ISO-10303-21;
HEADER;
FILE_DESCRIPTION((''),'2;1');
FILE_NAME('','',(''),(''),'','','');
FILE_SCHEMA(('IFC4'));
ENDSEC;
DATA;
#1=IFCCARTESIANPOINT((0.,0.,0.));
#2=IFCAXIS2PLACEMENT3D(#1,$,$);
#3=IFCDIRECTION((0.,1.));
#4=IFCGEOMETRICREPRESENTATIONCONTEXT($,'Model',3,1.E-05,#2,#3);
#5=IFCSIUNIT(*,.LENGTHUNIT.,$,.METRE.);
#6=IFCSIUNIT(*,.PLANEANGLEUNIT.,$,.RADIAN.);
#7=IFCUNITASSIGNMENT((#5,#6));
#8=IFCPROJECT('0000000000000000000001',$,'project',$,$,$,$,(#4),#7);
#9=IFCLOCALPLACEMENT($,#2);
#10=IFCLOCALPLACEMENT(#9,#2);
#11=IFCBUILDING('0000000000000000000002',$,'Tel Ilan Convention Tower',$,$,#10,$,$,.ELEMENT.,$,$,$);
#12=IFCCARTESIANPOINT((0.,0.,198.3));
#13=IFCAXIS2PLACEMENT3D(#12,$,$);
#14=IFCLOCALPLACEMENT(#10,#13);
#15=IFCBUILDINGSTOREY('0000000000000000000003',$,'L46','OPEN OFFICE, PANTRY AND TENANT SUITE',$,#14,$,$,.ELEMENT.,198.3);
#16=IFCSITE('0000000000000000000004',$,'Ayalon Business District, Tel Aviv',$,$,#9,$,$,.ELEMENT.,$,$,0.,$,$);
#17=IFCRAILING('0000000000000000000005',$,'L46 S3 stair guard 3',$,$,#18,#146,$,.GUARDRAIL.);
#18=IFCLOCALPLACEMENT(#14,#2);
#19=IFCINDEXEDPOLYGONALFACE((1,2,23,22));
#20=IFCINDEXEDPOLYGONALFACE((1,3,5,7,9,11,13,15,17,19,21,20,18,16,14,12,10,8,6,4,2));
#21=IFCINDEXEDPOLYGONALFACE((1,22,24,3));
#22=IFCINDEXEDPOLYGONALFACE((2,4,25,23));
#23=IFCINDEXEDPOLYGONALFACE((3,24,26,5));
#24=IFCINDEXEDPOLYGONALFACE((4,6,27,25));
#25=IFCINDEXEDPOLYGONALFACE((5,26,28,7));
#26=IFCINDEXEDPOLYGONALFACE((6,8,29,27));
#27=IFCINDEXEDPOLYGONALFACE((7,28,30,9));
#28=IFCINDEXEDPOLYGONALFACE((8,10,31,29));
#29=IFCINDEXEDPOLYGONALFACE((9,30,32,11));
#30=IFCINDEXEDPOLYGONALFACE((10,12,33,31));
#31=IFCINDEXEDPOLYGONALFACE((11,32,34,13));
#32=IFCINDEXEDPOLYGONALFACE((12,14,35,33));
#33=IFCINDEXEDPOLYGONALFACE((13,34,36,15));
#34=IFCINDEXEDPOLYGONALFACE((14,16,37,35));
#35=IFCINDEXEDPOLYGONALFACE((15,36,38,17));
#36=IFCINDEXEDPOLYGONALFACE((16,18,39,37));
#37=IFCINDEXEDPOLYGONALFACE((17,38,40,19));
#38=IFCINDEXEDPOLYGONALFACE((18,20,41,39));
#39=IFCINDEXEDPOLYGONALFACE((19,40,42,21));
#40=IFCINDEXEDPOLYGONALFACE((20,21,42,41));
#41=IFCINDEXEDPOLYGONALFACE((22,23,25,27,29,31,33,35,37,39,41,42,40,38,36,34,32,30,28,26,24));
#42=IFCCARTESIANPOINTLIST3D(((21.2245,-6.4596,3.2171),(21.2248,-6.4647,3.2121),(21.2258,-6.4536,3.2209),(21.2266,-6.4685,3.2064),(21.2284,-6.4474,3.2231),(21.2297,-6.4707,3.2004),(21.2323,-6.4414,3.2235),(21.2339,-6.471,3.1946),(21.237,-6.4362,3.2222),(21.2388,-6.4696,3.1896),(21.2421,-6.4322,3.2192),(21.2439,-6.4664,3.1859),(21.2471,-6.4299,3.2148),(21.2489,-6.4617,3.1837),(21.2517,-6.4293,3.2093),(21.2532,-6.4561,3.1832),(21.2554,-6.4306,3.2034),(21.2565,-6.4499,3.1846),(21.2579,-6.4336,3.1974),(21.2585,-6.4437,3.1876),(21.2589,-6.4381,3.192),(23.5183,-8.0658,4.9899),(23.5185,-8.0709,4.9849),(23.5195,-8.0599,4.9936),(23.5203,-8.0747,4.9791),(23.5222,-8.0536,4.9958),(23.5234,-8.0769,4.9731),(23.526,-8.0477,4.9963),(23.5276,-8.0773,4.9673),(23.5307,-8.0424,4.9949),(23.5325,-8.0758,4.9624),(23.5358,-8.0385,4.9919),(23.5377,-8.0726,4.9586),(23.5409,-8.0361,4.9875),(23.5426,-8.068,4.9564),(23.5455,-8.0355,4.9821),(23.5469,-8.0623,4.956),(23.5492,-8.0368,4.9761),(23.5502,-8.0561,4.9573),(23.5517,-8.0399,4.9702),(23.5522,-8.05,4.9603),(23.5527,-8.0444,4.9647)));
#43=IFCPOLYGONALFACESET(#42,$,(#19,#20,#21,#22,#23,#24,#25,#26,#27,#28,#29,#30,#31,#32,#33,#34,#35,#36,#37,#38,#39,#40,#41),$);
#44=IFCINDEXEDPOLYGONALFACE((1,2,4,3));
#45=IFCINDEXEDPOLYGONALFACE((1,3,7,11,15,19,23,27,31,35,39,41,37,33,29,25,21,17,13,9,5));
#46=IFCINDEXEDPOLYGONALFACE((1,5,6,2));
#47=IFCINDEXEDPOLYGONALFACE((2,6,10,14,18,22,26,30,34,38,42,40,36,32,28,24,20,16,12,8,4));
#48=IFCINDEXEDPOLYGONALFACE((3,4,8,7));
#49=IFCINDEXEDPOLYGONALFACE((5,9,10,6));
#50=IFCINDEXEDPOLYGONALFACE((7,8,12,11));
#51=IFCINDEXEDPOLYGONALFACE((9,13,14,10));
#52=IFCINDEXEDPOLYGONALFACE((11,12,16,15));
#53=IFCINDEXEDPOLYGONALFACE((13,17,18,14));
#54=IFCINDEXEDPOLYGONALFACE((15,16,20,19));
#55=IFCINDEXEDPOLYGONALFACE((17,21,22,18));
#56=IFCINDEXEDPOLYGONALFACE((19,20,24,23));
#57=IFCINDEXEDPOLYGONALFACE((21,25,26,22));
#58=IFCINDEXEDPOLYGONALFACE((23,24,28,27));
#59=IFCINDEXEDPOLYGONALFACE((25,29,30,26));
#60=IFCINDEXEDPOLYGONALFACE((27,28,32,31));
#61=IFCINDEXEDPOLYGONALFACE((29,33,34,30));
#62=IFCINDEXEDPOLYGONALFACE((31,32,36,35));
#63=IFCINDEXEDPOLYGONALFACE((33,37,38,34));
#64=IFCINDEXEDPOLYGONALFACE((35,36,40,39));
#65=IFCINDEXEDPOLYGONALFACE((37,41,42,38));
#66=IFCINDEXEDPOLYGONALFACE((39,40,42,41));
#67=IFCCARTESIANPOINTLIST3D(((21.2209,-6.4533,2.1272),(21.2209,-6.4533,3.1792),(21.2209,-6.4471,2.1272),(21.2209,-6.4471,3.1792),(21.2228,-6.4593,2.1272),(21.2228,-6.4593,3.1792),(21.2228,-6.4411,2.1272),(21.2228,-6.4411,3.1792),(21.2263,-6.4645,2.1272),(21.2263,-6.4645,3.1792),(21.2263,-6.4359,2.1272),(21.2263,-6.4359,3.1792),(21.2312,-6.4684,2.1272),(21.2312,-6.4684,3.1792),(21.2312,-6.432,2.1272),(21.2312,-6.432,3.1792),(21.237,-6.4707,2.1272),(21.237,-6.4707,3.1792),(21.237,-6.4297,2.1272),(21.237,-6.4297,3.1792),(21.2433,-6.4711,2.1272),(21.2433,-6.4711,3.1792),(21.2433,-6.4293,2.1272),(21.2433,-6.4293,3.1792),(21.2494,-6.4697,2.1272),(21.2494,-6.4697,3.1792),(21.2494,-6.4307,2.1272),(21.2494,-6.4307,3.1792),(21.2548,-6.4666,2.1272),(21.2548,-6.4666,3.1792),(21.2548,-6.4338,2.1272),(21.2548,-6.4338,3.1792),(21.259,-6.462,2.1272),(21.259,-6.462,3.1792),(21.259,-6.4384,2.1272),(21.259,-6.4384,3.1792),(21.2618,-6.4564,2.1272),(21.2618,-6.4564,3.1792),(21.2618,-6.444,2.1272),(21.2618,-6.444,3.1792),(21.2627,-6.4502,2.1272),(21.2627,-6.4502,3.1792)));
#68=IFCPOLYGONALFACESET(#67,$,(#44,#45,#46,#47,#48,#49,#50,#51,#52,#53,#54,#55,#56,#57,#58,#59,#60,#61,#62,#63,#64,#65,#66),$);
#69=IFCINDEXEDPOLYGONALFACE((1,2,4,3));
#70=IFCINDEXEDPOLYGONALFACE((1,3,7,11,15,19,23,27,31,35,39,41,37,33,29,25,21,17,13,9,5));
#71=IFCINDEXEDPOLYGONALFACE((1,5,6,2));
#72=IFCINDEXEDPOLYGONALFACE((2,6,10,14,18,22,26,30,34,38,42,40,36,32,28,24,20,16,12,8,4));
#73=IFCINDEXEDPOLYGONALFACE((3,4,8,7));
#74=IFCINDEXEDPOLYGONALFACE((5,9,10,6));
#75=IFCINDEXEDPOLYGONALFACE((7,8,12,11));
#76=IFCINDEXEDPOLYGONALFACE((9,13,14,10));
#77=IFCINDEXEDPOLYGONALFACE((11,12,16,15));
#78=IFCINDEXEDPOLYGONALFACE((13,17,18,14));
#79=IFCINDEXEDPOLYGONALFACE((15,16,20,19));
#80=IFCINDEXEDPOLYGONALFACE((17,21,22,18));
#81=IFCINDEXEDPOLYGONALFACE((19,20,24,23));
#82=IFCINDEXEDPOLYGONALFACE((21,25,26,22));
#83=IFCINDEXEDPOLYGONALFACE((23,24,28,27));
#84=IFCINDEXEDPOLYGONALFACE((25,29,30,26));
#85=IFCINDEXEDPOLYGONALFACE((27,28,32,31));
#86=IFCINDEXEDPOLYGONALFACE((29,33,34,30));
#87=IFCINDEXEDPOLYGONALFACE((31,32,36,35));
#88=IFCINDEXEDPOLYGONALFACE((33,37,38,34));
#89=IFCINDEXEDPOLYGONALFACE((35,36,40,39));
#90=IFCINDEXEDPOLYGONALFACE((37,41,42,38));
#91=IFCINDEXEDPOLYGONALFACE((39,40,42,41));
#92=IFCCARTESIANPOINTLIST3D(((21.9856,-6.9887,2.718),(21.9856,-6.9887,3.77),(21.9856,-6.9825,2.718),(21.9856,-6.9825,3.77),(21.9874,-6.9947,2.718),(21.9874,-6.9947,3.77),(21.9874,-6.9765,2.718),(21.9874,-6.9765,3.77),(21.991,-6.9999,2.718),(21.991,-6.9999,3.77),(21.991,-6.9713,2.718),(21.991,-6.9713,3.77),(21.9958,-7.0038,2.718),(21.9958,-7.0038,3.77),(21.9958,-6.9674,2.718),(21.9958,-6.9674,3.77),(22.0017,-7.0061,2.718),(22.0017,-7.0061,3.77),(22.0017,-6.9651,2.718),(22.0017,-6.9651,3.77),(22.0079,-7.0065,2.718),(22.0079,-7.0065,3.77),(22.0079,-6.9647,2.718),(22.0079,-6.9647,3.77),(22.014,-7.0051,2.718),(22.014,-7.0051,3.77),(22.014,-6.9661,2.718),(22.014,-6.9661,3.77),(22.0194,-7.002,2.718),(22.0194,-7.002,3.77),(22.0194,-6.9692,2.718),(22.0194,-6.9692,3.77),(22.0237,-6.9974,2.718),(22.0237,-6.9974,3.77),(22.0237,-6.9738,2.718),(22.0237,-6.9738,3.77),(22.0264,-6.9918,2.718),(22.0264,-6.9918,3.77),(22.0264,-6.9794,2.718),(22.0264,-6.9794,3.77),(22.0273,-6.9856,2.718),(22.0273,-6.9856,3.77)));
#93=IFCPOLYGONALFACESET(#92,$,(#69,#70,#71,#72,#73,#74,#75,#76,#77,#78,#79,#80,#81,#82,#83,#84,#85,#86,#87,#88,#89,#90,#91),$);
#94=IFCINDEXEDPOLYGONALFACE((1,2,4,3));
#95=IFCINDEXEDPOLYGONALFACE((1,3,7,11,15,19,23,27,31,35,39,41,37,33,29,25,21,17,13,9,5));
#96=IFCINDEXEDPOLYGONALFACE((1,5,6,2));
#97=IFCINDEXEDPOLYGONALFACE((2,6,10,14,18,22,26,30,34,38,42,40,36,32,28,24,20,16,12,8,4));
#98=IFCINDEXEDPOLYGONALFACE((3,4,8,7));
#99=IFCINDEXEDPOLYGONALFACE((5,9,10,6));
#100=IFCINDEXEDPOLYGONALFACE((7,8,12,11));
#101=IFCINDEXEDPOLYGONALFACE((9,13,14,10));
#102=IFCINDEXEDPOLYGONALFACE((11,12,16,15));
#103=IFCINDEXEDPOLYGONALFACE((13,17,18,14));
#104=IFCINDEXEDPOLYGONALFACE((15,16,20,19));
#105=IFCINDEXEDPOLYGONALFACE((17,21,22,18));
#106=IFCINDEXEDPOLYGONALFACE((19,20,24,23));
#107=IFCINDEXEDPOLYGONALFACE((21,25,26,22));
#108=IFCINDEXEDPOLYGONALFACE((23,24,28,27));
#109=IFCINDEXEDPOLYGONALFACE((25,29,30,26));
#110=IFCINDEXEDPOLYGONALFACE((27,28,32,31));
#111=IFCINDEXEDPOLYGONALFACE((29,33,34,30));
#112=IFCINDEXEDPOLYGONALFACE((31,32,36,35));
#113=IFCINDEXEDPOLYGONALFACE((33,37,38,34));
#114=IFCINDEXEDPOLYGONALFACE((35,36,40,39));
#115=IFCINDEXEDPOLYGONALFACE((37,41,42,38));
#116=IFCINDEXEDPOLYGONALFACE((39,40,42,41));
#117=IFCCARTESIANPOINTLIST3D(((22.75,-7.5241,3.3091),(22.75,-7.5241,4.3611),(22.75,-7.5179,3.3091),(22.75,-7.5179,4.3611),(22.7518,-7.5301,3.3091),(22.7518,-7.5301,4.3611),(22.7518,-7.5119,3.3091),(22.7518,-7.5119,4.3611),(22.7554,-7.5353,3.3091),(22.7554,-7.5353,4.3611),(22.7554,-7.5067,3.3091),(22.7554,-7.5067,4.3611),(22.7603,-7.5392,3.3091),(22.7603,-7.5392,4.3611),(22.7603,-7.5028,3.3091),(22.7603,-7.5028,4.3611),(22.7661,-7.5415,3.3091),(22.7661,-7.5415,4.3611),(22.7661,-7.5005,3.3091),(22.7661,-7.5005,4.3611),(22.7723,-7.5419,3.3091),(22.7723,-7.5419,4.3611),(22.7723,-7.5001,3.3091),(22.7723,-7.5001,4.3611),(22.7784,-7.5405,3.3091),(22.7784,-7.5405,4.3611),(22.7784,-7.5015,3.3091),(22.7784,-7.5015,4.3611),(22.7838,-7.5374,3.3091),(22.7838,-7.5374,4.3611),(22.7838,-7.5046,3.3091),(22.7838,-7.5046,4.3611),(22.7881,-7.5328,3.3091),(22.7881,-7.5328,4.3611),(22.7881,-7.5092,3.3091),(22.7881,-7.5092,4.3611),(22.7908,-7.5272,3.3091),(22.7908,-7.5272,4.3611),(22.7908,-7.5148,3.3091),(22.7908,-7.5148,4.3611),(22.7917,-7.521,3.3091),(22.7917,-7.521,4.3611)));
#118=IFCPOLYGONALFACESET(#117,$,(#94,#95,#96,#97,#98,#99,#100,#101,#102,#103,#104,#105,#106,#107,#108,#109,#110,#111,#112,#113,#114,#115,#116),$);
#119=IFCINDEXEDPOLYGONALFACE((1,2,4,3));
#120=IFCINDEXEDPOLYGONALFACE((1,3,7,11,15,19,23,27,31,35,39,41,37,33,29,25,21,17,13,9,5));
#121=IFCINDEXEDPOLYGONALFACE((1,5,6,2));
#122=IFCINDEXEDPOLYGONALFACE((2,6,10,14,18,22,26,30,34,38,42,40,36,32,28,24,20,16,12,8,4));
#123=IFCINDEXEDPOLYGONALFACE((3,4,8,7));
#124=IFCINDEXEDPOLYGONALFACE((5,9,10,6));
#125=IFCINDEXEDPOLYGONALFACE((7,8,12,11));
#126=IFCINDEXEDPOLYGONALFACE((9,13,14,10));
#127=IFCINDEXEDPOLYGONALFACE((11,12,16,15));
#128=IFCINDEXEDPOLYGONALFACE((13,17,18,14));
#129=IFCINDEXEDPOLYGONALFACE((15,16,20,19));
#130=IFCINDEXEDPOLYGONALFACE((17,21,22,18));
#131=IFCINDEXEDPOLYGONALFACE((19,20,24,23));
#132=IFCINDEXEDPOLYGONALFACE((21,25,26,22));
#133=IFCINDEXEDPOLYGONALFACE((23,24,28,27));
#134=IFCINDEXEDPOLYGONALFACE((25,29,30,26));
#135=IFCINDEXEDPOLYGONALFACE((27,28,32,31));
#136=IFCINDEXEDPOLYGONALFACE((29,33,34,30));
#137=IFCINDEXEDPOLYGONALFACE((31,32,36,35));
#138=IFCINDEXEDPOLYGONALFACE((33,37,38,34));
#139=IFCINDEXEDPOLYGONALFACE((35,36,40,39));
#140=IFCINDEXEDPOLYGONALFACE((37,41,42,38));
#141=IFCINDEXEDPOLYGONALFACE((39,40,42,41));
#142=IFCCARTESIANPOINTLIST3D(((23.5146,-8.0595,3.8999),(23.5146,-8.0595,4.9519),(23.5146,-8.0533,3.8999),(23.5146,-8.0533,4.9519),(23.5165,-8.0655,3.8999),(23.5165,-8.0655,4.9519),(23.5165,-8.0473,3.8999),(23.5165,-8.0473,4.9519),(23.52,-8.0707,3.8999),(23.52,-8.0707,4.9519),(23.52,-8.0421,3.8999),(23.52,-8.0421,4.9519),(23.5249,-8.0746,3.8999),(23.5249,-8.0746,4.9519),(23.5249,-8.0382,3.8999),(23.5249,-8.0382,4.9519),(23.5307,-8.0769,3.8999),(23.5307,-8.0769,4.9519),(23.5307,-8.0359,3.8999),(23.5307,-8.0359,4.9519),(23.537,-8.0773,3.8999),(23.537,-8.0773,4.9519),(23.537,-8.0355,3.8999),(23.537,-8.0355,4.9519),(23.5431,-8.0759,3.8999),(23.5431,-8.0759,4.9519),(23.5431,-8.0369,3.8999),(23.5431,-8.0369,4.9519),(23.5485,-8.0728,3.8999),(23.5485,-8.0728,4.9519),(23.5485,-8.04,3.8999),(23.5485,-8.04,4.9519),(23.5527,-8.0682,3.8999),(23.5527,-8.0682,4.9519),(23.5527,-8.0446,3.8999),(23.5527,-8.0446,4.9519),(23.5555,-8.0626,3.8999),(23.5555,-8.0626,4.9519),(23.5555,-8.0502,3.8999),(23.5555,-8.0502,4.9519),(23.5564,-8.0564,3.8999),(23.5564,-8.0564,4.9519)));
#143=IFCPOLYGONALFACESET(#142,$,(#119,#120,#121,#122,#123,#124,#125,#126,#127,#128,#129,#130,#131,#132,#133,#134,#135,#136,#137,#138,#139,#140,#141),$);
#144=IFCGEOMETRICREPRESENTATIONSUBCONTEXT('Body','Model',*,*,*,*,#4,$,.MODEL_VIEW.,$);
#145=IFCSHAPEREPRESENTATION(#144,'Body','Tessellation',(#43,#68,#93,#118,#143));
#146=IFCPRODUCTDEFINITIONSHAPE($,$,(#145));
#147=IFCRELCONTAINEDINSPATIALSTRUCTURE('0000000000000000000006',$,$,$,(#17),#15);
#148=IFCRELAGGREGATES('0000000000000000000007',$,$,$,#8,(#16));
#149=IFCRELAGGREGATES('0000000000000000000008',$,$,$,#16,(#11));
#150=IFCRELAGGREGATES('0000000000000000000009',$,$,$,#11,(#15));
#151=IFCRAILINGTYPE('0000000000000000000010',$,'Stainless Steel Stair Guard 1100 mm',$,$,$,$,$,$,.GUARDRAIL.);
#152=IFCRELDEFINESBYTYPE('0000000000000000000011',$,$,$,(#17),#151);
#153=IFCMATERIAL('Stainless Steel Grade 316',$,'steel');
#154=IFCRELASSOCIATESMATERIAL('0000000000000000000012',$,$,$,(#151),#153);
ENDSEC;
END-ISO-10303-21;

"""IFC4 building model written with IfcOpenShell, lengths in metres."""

from ifc_helpers import new_model, si_unit, direction, frame, origin, origin_2d, place, context, subcontext, project, spatial, circle, extrude, material, type_object, element, save


model = new_model("IFC4")

# Units and contexts
model_context = context("Model", 3, precision=1e-05, world=origin(), true_north=direction((0.0, 1.0)))
body_context = subcontext(model_context, "Body", "Model", "MODEL_VIEW")
ifc_project = project(units=[si_unit("LENGTHUNIT", "METRE"), si_unit("PLANEANGLEUNIT", "RADIAN")], contexts=[model_context])

# Site, building, storey
site_placement = place(None, origin())
site = spatial("IfcSite", under=ifc_project, at=site_placement, Name="Ayalon Business District, Tel Aviv", CompositionType="ELEMENT", RefElevation=0.0)
building_placement = place(site_placement, origin())
building = spatial("IfcBuilding", under=site, at=building_placement, Name="Tel Ilan Convention Tower", CompositionType="ELEMENT")
storey_placement = place(building_placement, frame((0.0, 0.0, 198.3)))
storey = spatial("IfcBuildingStorey", under=building, at=storey_placement, Name="L46", Description="OPEN OFFICE, PANTRY AND TENANT SUITE", CompositionType="ELEMENT", Elevation=198.3)

# Railing
ifc_material_1 = material(Name="Stainless Steel Grade 316", Category="steel")
railing_type_1 = type_object("IfcRailingType", Name="Stainless Steel Stair Guard 1100 mm", PredefinedType="GUARDRAIL", material=ifc_material_1)
railing_1_placement = place(storey_placement, frame((21.2417, -6.4502, 2.1272)))
element("IfcRailing", 1, at=railing_1_placement, inside=storey, type_object=railing_type_1, Name="L46 S3 stair guard 3", PredefinedType="GUARDRAIL", context=body_context, shape_type="SweptSolid", body=[
    extrude(circle(Radius=0.0239, at=origin_2d()), frame((0.0, 0.0, 1.0762), z_axis=(0.692098, -0.484653, 0.534894), x_axis=(0.573609, 0.81913, 0.0)), (0.0, 0.0, 1.0), 3.3142),
    extrude(circle(Radius=0.021, at=origin_2d()), origin(), (0.0, 0.0, 1.0), 1.052),
    extrude(circle(Radius=0.021, at=origin_2d()), frame((0.7646, -0.5354, 0.5908)), (0.0, 0.0, 1.0), 1.052),
    extrude(circle(Radius=0.021, at=origin_2d()), frame((1.5291, -1.0708, 1.1819)), (0.0, 0.0, 1.0), 1.052),
    extrude(circle(Radius=0.021, at=origin_2d()), frame((2.2937, -1.6062, 1.7727)), (0.0, 0.0, 1.0), 1.052),
])

save(model, "model.ifc")
